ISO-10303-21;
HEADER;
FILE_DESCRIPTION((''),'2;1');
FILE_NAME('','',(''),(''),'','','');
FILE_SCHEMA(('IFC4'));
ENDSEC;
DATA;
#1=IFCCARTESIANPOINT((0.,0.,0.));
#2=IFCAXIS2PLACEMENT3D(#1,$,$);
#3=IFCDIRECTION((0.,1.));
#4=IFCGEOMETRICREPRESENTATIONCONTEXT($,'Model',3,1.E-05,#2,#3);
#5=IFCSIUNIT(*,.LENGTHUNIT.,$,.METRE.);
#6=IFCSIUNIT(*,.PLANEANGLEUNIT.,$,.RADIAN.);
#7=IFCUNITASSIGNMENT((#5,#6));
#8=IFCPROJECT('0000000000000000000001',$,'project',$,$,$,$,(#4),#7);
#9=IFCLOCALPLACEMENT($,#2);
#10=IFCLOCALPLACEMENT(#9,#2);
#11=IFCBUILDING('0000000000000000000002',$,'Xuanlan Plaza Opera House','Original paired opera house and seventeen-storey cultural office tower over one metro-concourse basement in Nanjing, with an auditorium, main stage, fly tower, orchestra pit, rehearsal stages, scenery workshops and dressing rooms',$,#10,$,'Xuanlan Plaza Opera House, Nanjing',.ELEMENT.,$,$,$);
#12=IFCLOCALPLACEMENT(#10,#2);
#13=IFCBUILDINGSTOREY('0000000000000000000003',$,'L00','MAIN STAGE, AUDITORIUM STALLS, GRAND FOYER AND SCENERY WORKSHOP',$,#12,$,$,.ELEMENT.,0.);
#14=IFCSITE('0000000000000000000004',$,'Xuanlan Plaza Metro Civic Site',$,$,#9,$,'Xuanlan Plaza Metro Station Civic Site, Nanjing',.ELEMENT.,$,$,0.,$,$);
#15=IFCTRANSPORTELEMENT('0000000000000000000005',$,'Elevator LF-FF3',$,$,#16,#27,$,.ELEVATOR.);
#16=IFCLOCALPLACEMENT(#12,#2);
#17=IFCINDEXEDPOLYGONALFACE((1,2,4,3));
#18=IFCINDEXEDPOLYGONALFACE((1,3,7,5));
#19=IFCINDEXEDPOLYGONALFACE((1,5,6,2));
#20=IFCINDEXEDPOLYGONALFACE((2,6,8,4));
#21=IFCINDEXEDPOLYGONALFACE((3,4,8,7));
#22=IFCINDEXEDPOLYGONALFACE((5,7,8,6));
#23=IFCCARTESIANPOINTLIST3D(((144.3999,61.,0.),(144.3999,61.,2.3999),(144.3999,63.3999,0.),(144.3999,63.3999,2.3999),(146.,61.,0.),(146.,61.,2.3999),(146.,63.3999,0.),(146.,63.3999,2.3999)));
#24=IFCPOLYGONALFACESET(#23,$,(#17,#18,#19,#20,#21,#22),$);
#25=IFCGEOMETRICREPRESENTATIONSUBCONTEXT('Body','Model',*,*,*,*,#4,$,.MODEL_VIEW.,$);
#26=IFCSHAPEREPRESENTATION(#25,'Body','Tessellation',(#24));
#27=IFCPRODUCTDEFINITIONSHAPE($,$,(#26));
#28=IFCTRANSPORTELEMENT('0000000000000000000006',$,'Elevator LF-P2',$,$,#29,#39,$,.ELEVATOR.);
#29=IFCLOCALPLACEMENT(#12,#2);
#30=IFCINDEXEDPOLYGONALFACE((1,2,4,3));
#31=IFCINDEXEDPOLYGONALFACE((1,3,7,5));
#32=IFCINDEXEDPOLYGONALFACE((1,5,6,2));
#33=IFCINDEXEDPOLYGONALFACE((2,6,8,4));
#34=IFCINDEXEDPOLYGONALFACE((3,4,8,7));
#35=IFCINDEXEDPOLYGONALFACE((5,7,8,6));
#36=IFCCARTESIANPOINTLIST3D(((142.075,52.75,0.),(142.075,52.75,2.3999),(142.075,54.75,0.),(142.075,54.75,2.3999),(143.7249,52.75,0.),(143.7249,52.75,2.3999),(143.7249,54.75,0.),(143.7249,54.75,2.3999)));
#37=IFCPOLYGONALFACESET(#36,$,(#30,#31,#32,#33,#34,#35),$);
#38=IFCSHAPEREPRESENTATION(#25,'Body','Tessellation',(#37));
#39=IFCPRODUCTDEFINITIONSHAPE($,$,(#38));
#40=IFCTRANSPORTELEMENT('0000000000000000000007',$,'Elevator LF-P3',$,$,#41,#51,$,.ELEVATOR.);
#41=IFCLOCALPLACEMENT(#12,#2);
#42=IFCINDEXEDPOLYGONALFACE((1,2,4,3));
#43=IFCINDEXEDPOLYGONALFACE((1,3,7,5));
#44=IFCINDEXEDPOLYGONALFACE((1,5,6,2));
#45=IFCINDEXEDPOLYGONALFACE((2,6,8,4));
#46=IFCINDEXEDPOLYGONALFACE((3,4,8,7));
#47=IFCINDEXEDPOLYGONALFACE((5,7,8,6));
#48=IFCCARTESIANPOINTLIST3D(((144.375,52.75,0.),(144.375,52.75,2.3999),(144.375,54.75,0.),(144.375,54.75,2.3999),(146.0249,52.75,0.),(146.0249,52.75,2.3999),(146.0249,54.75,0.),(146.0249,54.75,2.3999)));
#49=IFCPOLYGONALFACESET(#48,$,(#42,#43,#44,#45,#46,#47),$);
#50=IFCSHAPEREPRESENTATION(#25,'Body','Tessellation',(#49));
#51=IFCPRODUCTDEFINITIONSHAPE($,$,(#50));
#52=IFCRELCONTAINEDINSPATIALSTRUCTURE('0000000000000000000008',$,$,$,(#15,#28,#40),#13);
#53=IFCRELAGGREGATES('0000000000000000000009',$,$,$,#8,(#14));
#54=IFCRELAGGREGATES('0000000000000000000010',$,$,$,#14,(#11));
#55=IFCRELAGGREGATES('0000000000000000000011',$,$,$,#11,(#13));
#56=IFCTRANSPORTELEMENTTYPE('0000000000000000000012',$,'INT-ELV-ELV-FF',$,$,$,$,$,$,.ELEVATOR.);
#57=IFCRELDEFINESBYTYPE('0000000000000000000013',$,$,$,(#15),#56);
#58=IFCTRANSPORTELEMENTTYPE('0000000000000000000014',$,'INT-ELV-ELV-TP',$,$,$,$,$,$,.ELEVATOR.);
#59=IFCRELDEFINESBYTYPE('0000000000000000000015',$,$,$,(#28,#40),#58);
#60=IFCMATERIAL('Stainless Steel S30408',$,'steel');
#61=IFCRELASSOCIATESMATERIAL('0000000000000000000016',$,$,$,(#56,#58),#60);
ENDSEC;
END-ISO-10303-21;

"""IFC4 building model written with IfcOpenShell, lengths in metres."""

from ifc_helpers import new_model, si_unit, direction, frame, origin, origin_2d, place, context, subcontext, project, spatial, rectangle, extrude, material, type_object, element, save


model = new_model("IFC4")

# Units and contexts
model_context = context("Model", 3, precision=1e-05, world=origin(), true_north=direction((0.0, 1.0)))
body_context = subcontext(model_context, "Body", "Model", "MODEL_VIEW")
ifc_project = project(units=[si_unit("LENGTHUNIT", "METRE"), si_unit("PLANEANGLEUNIT", "RADIAN")], contexts=[model_context])

# Site, building, storey
site_placement = place(None, origin())
site = spatial("IfcSite", under=ifc_project, at=site_placement, Name="Xuanlan Plaza Metro Civic Site", LongName="Xuanlan Plaza Metro Station Civic Site, Nanjing", CompositionType="ELEMENT", RefElevation=0.0)
building_placement = place(site_placement, origin())
building = spatial("IfcBuilding", under=site, at=building_placement, Name="Xuanlan Plaza Opera House", Description="Original paired opera house and seventeen-storey cultural office tower over one metro-concourse basement in Nanjing, with an auditorium, main stage, fly tower, orchestra pit, rehearsal stages, scenery workshops and dressing rooms", LongName="Xuanlan Plaza Opera House, Nanjing", CompositionType="ELEMENT")
storey_placement = place(building_placement, origin())
storey = spatial("IfcBuildingStorey", under=building, at=storey_placement, Name="L00", Description="MAIN STAGE, AUDITORIUM STALLS, GRAND FOYER AND SCENERY WORKSHOP", CompositionType="ELEMENT", Elevation=0.0)

# Shared definitions
ifc_material_1 = material(Name="Stainless Steel S30408", Category="steel")

# Transport elements
transport_element_type_1 = type_object("IfcTransportElementType", Name="INT-ELV-ELV-FF", PredefinedType="ELEVATOR", material=ifc_material_1)
for number, where, name in (
    (1, (145.2, 62.2, 0.0), "Elevator LF-FF3"),
):
    element("IfcTransportElement", number, at=place(storey_placement, frame(where)), inside=storey, type_object=transport_element_type_1, Name=name, PredefinedType="ELEVATOR", context=body_context, shape_type="SweptSolid", body=[
        extrude(rectangle(XDim=1.6001, YDim=2.3999, at=origin_2d()), origin(), (0.0, 0.0, 1.0), 2.3999),
    ])
transport_element_type_2 = type_object("IfcTransportElementType", Name="INT-ELV-ELV-TP", PredefinedType="ELEVATOR", material=ifc_material_1)
for number, where, name in (
    (2, (142.8999, 53.75, 0.0), "Elevator LF-P2"),
    (3, (145.2, 53.75, 0.0), "Elevator LF-P3"),
):
    element("IfcTransportElement", number, at=place(storey_placement, frame(where)), inside=storey, type_object=transport_element_type_2, Name=name, PredefinedType="ELEVATOR", context=body_context, shape_type="SweptSolid", body=[
        extrude(rectangle(XDim=1.6499, YDim=2.0, at=origin_2d()), origin(), (0.0, 0.0, 1.0), 2.3999),
    ])

save(model, "model.ifc")
